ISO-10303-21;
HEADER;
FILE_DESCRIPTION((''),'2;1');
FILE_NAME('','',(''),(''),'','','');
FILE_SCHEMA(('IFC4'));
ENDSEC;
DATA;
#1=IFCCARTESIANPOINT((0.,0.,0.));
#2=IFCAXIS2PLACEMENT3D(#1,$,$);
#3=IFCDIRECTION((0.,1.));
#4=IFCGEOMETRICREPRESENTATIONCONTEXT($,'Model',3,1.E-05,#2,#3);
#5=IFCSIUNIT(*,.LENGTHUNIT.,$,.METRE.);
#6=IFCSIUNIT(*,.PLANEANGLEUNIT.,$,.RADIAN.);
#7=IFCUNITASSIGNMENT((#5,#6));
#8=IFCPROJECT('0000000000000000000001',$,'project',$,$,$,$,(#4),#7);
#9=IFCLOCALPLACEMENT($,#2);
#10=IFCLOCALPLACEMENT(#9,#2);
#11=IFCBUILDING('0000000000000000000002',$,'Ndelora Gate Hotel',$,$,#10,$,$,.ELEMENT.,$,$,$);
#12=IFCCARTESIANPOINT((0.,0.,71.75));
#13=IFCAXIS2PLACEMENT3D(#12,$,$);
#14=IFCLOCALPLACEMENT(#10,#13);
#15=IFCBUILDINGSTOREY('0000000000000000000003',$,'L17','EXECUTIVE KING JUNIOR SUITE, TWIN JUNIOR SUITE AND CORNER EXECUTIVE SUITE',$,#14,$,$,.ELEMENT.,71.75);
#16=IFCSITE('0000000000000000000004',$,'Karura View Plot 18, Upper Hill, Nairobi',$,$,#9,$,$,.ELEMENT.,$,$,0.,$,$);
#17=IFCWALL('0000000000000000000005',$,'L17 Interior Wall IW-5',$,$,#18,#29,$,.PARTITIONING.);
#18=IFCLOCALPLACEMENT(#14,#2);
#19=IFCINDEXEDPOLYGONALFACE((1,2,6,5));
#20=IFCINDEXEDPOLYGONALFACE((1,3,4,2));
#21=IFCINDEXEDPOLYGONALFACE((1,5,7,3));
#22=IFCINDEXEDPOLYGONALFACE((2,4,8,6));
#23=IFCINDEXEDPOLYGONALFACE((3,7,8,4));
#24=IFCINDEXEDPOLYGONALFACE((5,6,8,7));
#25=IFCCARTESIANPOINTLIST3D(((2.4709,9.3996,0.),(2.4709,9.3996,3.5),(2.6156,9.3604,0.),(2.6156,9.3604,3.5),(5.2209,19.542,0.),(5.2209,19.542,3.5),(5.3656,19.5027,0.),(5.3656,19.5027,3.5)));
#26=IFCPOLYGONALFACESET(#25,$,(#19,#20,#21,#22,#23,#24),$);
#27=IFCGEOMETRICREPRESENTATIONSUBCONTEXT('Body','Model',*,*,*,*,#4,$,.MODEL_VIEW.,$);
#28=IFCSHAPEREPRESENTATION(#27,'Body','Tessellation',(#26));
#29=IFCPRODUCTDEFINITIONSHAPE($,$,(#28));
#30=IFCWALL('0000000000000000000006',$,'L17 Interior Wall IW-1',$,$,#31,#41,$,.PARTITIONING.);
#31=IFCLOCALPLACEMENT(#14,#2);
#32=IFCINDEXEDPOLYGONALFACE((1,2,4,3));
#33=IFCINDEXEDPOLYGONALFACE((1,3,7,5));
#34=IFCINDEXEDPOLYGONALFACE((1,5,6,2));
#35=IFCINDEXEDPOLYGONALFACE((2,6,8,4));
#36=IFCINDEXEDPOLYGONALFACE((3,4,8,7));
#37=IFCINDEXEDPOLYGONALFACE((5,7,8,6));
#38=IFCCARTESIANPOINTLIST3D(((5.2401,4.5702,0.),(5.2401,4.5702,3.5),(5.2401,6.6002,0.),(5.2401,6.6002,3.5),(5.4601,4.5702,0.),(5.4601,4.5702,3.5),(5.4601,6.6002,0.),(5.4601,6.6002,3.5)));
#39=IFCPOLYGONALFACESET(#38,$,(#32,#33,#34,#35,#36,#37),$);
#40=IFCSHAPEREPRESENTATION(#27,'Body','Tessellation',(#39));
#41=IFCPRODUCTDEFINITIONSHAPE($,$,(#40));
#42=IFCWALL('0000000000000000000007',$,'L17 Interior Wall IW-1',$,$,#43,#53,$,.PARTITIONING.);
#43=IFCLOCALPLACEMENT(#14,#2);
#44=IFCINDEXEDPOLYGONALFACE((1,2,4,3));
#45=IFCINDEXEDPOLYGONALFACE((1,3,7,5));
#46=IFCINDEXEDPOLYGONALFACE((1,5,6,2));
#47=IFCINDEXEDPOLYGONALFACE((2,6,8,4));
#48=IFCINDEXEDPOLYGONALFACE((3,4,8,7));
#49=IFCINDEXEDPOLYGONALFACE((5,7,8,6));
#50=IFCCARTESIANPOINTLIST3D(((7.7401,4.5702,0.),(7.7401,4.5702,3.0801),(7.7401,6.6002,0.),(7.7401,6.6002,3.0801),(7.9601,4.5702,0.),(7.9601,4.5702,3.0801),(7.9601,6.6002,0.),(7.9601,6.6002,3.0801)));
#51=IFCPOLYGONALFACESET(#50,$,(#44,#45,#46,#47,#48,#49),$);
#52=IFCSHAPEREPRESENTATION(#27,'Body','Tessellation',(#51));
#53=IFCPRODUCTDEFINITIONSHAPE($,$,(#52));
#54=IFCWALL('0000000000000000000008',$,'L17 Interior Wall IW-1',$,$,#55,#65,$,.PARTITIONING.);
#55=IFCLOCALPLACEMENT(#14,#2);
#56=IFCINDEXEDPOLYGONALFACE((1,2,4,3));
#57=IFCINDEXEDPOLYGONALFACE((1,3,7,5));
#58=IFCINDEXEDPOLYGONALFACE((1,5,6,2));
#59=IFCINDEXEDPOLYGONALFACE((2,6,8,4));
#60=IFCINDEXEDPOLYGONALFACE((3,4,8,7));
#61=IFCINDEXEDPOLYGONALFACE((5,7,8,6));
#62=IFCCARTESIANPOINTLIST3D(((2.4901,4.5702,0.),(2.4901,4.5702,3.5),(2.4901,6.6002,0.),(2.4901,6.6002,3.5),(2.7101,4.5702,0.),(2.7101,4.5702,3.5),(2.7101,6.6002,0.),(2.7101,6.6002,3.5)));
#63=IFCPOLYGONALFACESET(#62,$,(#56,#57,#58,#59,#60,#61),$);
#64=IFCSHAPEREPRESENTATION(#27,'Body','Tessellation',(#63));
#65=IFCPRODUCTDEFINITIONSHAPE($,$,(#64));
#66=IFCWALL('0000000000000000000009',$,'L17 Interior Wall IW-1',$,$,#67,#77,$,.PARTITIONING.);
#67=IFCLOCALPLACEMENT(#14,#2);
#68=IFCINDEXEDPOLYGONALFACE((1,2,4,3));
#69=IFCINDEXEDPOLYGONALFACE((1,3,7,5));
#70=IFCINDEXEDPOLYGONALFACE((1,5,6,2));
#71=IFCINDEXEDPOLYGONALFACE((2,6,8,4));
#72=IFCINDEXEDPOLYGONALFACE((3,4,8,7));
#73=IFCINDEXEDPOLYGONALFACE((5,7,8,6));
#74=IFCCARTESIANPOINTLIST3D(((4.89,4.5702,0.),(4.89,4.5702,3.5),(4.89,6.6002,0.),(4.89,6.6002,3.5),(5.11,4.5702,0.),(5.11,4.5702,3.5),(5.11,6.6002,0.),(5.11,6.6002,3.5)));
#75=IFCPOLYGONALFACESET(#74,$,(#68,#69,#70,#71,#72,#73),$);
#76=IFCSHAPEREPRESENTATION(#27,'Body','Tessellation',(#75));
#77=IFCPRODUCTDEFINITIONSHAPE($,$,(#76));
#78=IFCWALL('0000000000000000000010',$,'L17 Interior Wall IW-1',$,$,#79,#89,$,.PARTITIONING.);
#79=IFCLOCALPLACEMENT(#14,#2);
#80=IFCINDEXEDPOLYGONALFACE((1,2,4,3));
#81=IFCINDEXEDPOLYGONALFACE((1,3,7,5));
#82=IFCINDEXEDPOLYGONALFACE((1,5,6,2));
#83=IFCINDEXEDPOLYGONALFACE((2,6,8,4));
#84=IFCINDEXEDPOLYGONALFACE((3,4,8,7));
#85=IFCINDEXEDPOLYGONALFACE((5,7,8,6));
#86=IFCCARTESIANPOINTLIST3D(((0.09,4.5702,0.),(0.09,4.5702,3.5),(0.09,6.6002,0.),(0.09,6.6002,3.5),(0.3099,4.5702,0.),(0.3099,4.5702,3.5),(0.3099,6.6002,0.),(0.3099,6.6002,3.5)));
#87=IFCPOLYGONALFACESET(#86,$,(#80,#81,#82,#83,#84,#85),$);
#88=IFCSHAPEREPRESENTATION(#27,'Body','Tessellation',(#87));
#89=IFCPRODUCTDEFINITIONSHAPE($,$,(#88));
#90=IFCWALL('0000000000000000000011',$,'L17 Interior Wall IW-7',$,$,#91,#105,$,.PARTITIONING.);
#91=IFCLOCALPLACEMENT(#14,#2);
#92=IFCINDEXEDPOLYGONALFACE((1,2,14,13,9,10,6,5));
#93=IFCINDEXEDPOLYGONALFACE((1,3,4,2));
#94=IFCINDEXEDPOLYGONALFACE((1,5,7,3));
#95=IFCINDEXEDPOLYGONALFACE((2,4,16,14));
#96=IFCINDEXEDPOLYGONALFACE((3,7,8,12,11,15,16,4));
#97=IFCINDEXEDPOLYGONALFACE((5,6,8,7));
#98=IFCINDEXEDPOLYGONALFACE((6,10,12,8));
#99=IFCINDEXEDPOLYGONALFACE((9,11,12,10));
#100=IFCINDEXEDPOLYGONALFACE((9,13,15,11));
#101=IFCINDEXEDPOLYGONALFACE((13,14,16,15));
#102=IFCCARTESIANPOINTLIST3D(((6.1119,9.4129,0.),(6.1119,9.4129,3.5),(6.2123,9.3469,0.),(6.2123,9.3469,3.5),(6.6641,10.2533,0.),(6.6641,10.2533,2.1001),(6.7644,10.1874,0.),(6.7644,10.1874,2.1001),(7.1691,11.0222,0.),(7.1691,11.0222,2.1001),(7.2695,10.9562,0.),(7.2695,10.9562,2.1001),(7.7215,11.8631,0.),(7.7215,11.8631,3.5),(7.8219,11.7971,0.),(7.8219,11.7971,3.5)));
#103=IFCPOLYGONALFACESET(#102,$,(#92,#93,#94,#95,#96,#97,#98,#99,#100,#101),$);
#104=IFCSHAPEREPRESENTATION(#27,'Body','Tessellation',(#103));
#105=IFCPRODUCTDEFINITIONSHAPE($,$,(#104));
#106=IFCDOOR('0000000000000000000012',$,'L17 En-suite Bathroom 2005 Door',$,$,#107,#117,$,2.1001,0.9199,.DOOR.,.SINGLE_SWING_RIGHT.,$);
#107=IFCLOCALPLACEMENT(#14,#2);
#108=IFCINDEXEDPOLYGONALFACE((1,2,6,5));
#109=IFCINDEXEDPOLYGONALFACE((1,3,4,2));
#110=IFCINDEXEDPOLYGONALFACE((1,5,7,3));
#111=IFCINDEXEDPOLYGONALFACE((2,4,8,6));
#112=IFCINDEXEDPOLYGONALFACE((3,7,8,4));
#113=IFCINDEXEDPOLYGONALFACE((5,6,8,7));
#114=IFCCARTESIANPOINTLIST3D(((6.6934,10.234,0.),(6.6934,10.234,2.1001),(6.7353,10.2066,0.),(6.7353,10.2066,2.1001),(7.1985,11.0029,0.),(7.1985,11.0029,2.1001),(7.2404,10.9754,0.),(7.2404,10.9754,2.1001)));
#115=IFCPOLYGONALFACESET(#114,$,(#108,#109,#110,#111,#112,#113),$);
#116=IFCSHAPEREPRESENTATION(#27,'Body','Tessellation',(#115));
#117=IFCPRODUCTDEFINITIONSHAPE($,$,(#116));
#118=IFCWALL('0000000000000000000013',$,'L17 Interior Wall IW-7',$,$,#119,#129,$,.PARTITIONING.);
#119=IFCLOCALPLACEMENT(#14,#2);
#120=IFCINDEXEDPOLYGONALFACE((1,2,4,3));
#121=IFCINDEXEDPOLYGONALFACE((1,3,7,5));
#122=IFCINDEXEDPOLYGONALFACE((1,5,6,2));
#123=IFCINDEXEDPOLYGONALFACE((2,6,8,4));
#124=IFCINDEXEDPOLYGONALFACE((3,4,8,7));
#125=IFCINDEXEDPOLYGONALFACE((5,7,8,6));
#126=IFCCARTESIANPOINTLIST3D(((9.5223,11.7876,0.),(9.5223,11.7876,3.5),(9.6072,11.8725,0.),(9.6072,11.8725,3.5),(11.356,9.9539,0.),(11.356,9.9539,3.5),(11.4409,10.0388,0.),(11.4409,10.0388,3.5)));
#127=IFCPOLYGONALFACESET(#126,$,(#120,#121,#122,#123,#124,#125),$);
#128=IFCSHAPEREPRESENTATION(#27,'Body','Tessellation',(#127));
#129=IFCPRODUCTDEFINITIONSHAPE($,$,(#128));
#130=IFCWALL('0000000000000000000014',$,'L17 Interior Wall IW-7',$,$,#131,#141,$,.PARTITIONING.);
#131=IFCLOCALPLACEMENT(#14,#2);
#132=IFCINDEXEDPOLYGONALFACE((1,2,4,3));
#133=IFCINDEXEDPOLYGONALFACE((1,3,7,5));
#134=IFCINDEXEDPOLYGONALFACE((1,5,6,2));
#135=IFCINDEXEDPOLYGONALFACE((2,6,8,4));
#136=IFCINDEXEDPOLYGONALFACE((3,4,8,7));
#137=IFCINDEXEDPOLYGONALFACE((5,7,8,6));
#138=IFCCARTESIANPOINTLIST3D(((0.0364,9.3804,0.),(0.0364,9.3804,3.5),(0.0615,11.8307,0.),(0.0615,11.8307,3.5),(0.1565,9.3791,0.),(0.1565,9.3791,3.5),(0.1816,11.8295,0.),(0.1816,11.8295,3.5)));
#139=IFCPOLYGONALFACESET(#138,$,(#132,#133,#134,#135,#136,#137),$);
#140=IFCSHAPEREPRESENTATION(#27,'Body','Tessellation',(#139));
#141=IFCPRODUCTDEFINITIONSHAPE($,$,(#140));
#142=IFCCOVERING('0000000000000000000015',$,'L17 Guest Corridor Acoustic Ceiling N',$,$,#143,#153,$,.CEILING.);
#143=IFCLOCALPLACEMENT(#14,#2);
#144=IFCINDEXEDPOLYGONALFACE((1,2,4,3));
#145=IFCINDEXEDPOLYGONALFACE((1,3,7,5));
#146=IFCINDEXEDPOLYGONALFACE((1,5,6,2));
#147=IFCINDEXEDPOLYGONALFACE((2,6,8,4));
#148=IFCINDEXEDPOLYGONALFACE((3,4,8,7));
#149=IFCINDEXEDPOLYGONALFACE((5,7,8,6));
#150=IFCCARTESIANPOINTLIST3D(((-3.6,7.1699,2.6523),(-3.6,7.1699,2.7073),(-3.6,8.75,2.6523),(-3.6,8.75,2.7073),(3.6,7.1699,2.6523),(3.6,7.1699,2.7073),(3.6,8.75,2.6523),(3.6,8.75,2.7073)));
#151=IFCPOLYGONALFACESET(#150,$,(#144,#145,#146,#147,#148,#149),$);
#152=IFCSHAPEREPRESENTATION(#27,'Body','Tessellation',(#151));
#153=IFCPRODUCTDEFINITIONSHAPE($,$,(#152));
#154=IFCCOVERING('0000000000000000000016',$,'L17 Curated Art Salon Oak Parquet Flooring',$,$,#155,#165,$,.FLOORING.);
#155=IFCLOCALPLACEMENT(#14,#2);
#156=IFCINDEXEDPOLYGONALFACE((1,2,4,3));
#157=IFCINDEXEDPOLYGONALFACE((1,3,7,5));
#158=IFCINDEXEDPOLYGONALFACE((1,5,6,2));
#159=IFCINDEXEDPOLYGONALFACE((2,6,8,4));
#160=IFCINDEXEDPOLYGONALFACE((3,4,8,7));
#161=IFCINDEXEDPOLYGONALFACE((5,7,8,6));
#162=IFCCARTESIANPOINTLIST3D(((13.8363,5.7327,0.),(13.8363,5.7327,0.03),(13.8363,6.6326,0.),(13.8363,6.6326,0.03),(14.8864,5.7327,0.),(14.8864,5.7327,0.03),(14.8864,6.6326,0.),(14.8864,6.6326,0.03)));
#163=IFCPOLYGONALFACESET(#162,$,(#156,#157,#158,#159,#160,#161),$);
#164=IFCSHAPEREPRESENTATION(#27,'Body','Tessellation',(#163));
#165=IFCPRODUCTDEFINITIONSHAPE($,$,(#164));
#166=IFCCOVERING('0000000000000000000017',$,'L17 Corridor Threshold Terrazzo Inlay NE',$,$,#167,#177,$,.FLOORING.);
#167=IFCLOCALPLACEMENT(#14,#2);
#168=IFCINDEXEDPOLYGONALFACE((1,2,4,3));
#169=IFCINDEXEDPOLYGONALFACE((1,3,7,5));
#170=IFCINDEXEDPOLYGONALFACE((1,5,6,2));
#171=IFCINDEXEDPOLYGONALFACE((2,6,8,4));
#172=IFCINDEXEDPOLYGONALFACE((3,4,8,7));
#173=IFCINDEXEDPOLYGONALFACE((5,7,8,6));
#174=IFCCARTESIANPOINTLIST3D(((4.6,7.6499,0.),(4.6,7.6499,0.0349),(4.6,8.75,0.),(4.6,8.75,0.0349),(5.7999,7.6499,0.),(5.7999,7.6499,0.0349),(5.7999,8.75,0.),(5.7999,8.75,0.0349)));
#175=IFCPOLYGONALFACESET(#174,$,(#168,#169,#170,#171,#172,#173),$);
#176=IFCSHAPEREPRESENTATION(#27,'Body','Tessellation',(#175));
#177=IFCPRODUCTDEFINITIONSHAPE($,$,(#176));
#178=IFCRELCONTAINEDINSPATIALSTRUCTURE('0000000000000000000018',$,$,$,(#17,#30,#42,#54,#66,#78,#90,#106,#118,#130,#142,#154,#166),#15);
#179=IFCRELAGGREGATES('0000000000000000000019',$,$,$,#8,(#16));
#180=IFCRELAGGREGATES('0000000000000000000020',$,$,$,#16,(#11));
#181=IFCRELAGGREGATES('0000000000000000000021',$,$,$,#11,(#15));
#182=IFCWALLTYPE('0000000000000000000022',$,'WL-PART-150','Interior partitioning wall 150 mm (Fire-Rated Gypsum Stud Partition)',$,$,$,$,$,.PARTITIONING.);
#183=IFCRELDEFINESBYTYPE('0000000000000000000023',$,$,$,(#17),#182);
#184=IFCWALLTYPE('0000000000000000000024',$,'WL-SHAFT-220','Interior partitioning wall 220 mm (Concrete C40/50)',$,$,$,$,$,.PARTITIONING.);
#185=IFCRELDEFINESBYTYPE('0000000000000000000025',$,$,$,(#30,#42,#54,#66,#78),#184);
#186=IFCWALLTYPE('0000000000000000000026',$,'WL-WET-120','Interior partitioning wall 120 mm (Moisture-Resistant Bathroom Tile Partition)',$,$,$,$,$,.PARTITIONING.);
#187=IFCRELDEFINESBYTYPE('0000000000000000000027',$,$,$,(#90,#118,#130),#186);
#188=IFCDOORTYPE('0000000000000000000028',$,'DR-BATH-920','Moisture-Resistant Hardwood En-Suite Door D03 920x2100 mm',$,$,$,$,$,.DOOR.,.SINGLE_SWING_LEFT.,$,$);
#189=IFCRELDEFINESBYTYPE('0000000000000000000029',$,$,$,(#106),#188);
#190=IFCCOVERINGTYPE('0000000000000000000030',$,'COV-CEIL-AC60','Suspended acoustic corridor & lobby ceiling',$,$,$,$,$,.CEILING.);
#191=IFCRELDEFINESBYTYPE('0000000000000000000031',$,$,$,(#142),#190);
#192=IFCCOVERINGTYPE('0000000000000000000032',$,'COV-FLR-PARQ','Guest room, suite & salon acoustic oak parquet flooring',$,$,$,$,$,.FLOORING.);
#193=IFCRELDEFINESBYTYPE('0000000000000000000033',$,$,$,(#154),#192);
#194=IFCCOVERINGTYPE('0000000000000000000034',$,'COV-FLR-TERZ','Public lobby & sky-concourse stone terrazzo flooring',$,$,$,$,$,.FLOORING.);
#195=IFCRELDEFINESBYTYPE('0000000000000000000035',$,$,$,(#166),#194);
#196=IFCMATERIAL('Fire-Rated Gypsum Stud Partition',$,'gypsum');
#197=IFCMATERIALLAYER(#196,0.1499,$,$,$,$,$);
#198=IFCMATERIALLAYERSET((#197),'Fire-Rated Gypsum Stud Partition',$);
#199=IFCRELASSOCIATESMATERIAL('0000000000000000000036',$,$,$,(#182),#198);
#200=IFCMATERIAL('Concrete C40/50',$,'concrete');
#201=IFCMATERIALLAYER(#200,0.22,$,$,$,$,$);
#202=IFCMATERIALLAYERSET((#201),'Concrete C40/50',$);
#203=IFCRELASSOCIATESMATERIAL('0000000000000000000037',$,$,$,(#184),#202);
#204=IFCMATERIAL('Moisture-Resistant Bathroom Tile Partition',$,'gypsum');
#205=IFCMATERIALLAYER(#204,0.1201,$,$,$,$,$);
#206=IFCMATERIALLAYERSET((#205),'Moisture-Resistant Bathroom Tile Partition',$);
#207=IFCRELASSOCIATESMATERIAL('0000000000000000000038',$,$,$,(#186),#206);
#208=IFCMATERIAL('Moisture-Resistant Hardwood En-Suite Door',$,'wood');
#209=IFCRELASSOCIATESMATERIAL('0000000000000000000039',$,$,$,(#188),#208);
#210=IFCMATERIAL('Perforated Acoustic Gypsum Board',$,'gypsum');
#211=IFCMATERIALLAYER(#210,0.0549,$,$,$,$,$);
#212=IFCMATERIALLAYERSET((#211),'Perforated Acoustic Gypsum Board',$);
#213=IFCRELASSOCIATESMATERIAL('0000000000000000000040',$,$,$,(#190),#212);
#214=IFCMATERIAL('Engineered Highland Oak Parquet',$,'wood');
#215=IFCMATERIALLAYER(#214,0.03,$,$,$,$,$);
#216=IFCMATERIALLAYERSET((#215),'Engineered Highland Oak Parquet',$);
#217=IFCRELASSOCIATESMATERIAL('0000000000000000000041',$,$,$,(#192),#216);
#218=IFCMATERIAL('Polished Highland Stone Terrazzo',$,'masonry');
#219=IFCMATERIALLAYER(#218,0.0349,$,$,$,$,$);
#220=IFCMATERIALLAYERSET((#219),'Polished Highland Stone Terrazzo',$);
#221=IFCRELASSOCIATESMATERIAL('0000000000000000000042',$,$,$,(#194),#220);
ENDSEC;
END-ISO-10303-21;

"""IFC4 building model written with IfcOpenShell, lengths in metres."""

from ifc_helpers import new_model, si_unit, direction, frame, frame_2d, origin, origin_2d, place, context, subcontext, project, spatial, rectangle, extrude, material, layer, layer_set, type_object, element, fill, save


model = new_model("IFC4")

# Units and contexts
model_context = context("Model", 3, precision=1e-05, world=origin(), true_north=direction((0.0, 1.0)))
body_context = subcontext(model_context, "Body", "Model", "MODEL_VIEW")
ifc_project = project(units=[si_unit("LENGTHUNIT", "METRE"), si_unit("PLANEANGLEUNIT", "RADIAN")], contexts=[model_context])

# Site, building, storey
site_placement = place(None, origin())
site = spatial("IfcSite", under=ifc_project, at=site_placement, Name="Karura View Plot 18, Upper Hill, Nairobi", CompositionType="ELEMENT", RefElevation=0.0)
building_placement = place(site_placement, origin())
building = spatial("IfcBuilding", under=site, at=building_placement, Name="Ndelora Gate Hotel", CompositionType="ELEMENT")
storey_placement = place(building_placement, frame((0.0, 0.0, 71.75)))
storey = spatial("IfcBuildingStorey", under=building, at=storey_placement, Name="L17", Description="EXECUTIVE KING JUNIOR SUITE, TWIN JUNIOR SUITE AND CORNER EXECUTIVE SUITE", CompositionType="ELEMENT", Elevation=71.75)

# Shared definitions
ifc_material_1 = material(Name="Fire-Rated Gypsum Stud Partition", Category="gypsum")
ifc_layer_1 = layer(ifc_material_1, 0.1499)
ifc_layer_set_1 = layer_set([ifc_layer_1], Name="Fire-Rated Gypsum Stud Partition")
wall_type_1 = type_object("IfcWallType", Name="WL-PART-150", Description="Interior partitioning wall 150 mm (Fire-Rated Gypsum Stud Partition)", PredefinedType="PARTITIONING", material=ifc_layer_set_1)

# Walls
wall_1_placement = place(storey_placement, frame((2.5432, 9.3799, 0.0), z_axis=(0.0, 0.0, 1.0), x_axis=(0.261692, 0.965151, 0.0)))
element("IfcWall", 1, at=wall_1_placement, inside=storey, type_object=wall_type_1, Name="L17 Interior Wall IW-5", PredefinedType="PARTITIONING", context=body_context, shape_type="SweptSolid", body=[
    extrude(rectangle(XDim=10.5085, YDim=0.1499, at=frame_2d((5.2544, 0.0))), origin(), (0.0, 0.0, 1.0), 3.5),
])
ifc_material_2 = material(Name="Concrete C40/50", Category="concrete")
ifc_layer_2 = layer(ifc_material_2, 0.22)
ifc_layer_set_2 = layer_set([ifc_layer_2], Name="Concrete C40/50")
wall_type_2 = type_object("IfcWallType", Name="WL-SHAFT-220", Description="Interior partitioning wall 220 mm (Concrete C40/50)", PredefinedType="PARTITIONING", material=ifc_layer_set_2)
wall_2_placement = place(storey_placement, frame((5.3501, 4.5701, 0.0), z_axis=(0.0, 0.0, 1.0), x_axis=(0.0, 1.0, 0.0)))
element("IfcWall", 2, at=wall_2_placement, inside=storey, type_object=wall_type_2, Name="L17 Interior Wall IW-1", PredefinedType="PARTITIONING", context=body_context, shape_type="SweptSolid", body=[
    extrude(rectangle(XDim=2.03, YDim=0.22, at=frame_2d((1.0151, 0.0))), origin(), (0.0, 0.0, 1.0), 3.5),
])
wall_3_placement = place(storey_placement, frame((7.8501, 4.5701, 0.0), z_axis=(0.0, 0.0, 1.0), x_axis=(0.0, 1.0, 0.0)))
element("IfcWall", 3, at=wall_3_placement, inside=storey, type_object=wall_type_2, Name="L17 Interior Wall IW-1", PredefinedType="PARTITIONING", context=body_context, shape_type="SweptSolid", body=[
    extrude(rectangle(XDim=2.03, YDim=0.22, at=frame_2d((1.0151, 0.0))), origin(), (0.0, 0.0, 1.0), 3.0801),
])
for number, where, z_axis, x_axis, name in (
    (4, (2.6001, 4.5701, 0.0), (0.0, 0.0, 1.0), (0.0, 1.0, 0.0), "L17 Interior Wall IW-1"),
    (5, (5.0, 4.5701, 0.0), (0.0, 0.0, 1.0), (0.0, 1.0, 0.0), "L17 Interior Wall IW-1"),
    (6, (0.2, 4.5701, 0.0), (0.0, 0.0, 1.0), (0.0, 1.0, 0.0), "L17 Interior Wall IW-1"),
):
    element("IfcWall", number, at=place(storey_placement, frame(where, z_axis=z_axis, x_axis=x_axis)), inside=storey, type_object=wall_type_2, Name=name, PredefinedType="PARTITIONING", context=body_context, shape_type="SweptSolid", body=[
        extrude(rectangle(XDim=2.03, YDim=0.22, at=frame_2d((1.0151, 0.0))), origin(), (0.0, 0.0, 1.0), 3.5),
    ])

# Wall, opening, door
ifc_material_3 = material(Name="Moisture-Resistant Bathroom Tile Partition", Category="gypsum")
ifc_layer_3 = layer(ifc_material_3, 0.1201)
ifc_layer_set_3 = layer_set([ifc_layer_3], Name="Moisture-Resistant Bathroom Tile Partition")
wall_type_3 = type_object("IfcWallType", Name="WL-WET-120", Description="Interior partitioning wall 120 mm (Moisture-Resistant Bathroom Tile Partition)", PredefinedType="PARTITIONING", material=ifc_layer_set_3)
wall_4_placement = place(storey_placement, frame((6.1621, 9.3799, 0.0), z_axis=(0.0, 0.0, 1.0), x_axis=(0.549057, 0.835785, 0.0)))
wall_4 = element("IfcWall", 7, at=wall_4_placement, inside=storey, type_object=wall_type_3, Name="L17 Interior Wall IW-7", PredefinedType="PARTITIONING", context=body_context, shape_type="SweptSolid", body=[
    extrude(rectangle(XDim=2.9316, YDim=0.1201, at=frame_2d((1.4658, 0.0))), origin(), (0.0, 0.0, 1.0), 3.5),
])
opening_1_placement = place(wall_4_placement, frame((1.0056, 0.0, 0.0)))
opening_1 = element("IfcOpeningElement", 8, at=opening_1_placement, cuts=wall_4, PredefinedType="OPENING", context=body_context, shape_type="SweptSolid", body=[
    extrude(rectangle(XDim=0.9199, YDim=2.1001, at=frame_2d((0.46, 1.05))), frame((0.0, 0.0701, 0.0), z_axis=(0.0, -1.0, 0.0), x_axis=(1.0, 0.0, 0.0)), (0.0, 0.0, 1.0), 0.1401),
])
ifc_material_4 = material(Name="Moisture-Resistant Hardwood En-Suite Door", Category="wood")
door_type_1 = type_object("IfcDoorType", Name="DR-BATH-920", Description="Moisture-Resistant Hardwood En-Suite Door D03 920x2100 mm", OperationType="SINGLE_SWING_LEFT", PredefinedType="DOOR", material=ifc_material_4)
door_1_placement = place(opening_1_placement, origin())
door_1 = element("IfcDoor", 9, at=door_1_placement, inside=storey, type_object=door_type_1, Name="L17 En-suite Bathroom 2005 Door", OperationType="SINGLE_SWING_RIGHT", OverallHeight=2.1001, OverallWidth=0.9199, PredefinedType="DOOR", context=body_context, shape_type="SweptSolid", body=[
    extrude(rectangle(XDim=0.9199, YDim=2.1001, at=frame_2d((0.46, 1.05))), frame((0.0, 0.0249, 0.0), z_axis=(0.0, -1.0, 0.0), x_axis=(1.0, 0.0, 0.0)), (0.0, 0.0, 1.0), 0.05),
])
fill(opening_1, door_1)

# Walls
wall_5_placement = place(storey_placement, frame((11.3984, 9.9963, 0.0), z_axis=(0.0, 0.0, 1.0), x_axis=(-0.707107, 0.707107, 0.0)))
element("IfcWall", 10, at=wall_5_placement, inside=storey, type_object=wall_type_3, Name="L17 Interior Wall IW-7", PredefinedType="PARTITIONING", context=body_context, shape_type="SweptSolid", body=[
    extrude(rectangle(XDim=2.5933, YDim=0.1201, at=frame_2d((1.2966, 0.0))), origin(), (0.0, 0.0, 1.0), 3.5),
])
wall_6_placement = place(storey_placement, frame((0.0964, 9.3799, 0.0), z_axis=(0.0, 0.0, 1.0), x_axis=(0.010263, 0.999947, 0.0)))
element("IfcWall", 11, at=wall_6_placement, inside=storey, type_object=wall_type_3, Name="L17 Interior Wall IW-7", PredefinedType="PARTITIONING", context=body_context, shape_type="SweptSolid", body=[
    extrude(rectangle(XDim=2.4504, YDim=0.1201, at=frame_2d((1.2251, 0.0))), origin(), (0.0, 0.0, 1.0), 3.5),
])

# Coverings
ifc_material_5 = material(Name="Perforated Acoustic Gypsum Board", Category="gypsum")
ifc_layer_4 = layer(ifc_material_5, 0.0549)
ifc_layer_set_4 = layer_set([ifc_layer_4], Name="Perforated Acoustic Gypsum Board")
covering_type_1 = type_object("IfcCoveringType", Name="COV-CEIL-AC60", Description="Suspended acoustic corridor & lobby ceiling", PredefinedType="CEILING", material=ifc_layer_set_4)
covering_1_placement = place(storey_placement, frame((0.0, 7.96, 2.6523), z_axis=(0.0, 0.0, 1.0), x_axis=(1.0, 0.0, 0.0)))
element("IfcCovering", 12, at=covering_1_placement, inside=storey, type_object=covering_type_1, Name="L17 Guest Corridor Acoustic Ceiling N", PredefinedType="CEILING", context=body_context, shape_type="SweptSolid", body=[
    extrude(rectangle(XDim=7.2, YDim=1.5801, at=origin_2d()), origin(), (0.0, 0.0, 1.0), 0.0549),
])
ifc_material_6 = material(Name="Engineered Highland Oak Parquet", Category="wood")
ifc_layer_5 = layer(ifc_material_6, 0.03)
ifc_layer_set_5 = layer_set([ifc_layer_5], Name="Engineered Highland Oak Parquet")
covering_type_2 = type_object("IfcCoveringType", Name="COV-FLR-PARQ", Description="Guest room, suite & salon acoustic oak parquet flooring", PredefinedType="FLOORING", material=ifc_layer_set_5)
covering_2_placement = place(storey_placement, frame((14.3613, 6.1826, 0.0), z_axis=(0.0, 0.0, 1.0), x_axis=(1.0, 0.0, 0.0)))
element("IfcCovering", 13, at=covering_2_placement, inside=storey, type_object=covering_type_2, Name="L17 Curated Art Salon Oak Parquet Flooring", PredefinedType="FLOORING", context=body_context, shape_type="SweptSolid", body=[
    extrude(rectangle(XDim=1.05, YDim=0.8999, at=origin_2d()), origin(), (0.0, 0.0, 1.0), 0.03),
])
ifc_material_7 = material(Name="Polished Highland Stone Terrazzo", Category="masonry")
ifc_layer_6 = layer(ifc_material_7, 0.0349)
ifc_layer_set_6 = layer_set([ifc_layer_6], Name="Polished Highland Stone Terrazzo")
covering_type_3 = type_object("IfcCoveringType", Name="COV-FLR-TERZ", Description="Public lobby & sky-concourse stone terrazzo flooring", PredefinedType="FLOORING", material=ifc_layer_set_6)
covering_3_placement = place(storey_placement, frame((5.2, 8.2, 0.0), z_axis=(0.0, 0.0, 1.0), x_axis=(1.0, 0.0, 0.0)))
element("IfcCovering", 14, at=covering_3_placement, inside=storey, type_object=covering_type_3, Name="L17 Corridor Threshold Terrazzo Inlay NE", PredefinedType="FLOORING", context=body_context, shape_type="SweptSolid", body=[
    extrude(rectangle(XDim=1.2, YDim=1.1001, at=origin_2d()), origin(), (0.0, 0.0, 1.0), 0.0349),
])

save(model, "model.ifc")
